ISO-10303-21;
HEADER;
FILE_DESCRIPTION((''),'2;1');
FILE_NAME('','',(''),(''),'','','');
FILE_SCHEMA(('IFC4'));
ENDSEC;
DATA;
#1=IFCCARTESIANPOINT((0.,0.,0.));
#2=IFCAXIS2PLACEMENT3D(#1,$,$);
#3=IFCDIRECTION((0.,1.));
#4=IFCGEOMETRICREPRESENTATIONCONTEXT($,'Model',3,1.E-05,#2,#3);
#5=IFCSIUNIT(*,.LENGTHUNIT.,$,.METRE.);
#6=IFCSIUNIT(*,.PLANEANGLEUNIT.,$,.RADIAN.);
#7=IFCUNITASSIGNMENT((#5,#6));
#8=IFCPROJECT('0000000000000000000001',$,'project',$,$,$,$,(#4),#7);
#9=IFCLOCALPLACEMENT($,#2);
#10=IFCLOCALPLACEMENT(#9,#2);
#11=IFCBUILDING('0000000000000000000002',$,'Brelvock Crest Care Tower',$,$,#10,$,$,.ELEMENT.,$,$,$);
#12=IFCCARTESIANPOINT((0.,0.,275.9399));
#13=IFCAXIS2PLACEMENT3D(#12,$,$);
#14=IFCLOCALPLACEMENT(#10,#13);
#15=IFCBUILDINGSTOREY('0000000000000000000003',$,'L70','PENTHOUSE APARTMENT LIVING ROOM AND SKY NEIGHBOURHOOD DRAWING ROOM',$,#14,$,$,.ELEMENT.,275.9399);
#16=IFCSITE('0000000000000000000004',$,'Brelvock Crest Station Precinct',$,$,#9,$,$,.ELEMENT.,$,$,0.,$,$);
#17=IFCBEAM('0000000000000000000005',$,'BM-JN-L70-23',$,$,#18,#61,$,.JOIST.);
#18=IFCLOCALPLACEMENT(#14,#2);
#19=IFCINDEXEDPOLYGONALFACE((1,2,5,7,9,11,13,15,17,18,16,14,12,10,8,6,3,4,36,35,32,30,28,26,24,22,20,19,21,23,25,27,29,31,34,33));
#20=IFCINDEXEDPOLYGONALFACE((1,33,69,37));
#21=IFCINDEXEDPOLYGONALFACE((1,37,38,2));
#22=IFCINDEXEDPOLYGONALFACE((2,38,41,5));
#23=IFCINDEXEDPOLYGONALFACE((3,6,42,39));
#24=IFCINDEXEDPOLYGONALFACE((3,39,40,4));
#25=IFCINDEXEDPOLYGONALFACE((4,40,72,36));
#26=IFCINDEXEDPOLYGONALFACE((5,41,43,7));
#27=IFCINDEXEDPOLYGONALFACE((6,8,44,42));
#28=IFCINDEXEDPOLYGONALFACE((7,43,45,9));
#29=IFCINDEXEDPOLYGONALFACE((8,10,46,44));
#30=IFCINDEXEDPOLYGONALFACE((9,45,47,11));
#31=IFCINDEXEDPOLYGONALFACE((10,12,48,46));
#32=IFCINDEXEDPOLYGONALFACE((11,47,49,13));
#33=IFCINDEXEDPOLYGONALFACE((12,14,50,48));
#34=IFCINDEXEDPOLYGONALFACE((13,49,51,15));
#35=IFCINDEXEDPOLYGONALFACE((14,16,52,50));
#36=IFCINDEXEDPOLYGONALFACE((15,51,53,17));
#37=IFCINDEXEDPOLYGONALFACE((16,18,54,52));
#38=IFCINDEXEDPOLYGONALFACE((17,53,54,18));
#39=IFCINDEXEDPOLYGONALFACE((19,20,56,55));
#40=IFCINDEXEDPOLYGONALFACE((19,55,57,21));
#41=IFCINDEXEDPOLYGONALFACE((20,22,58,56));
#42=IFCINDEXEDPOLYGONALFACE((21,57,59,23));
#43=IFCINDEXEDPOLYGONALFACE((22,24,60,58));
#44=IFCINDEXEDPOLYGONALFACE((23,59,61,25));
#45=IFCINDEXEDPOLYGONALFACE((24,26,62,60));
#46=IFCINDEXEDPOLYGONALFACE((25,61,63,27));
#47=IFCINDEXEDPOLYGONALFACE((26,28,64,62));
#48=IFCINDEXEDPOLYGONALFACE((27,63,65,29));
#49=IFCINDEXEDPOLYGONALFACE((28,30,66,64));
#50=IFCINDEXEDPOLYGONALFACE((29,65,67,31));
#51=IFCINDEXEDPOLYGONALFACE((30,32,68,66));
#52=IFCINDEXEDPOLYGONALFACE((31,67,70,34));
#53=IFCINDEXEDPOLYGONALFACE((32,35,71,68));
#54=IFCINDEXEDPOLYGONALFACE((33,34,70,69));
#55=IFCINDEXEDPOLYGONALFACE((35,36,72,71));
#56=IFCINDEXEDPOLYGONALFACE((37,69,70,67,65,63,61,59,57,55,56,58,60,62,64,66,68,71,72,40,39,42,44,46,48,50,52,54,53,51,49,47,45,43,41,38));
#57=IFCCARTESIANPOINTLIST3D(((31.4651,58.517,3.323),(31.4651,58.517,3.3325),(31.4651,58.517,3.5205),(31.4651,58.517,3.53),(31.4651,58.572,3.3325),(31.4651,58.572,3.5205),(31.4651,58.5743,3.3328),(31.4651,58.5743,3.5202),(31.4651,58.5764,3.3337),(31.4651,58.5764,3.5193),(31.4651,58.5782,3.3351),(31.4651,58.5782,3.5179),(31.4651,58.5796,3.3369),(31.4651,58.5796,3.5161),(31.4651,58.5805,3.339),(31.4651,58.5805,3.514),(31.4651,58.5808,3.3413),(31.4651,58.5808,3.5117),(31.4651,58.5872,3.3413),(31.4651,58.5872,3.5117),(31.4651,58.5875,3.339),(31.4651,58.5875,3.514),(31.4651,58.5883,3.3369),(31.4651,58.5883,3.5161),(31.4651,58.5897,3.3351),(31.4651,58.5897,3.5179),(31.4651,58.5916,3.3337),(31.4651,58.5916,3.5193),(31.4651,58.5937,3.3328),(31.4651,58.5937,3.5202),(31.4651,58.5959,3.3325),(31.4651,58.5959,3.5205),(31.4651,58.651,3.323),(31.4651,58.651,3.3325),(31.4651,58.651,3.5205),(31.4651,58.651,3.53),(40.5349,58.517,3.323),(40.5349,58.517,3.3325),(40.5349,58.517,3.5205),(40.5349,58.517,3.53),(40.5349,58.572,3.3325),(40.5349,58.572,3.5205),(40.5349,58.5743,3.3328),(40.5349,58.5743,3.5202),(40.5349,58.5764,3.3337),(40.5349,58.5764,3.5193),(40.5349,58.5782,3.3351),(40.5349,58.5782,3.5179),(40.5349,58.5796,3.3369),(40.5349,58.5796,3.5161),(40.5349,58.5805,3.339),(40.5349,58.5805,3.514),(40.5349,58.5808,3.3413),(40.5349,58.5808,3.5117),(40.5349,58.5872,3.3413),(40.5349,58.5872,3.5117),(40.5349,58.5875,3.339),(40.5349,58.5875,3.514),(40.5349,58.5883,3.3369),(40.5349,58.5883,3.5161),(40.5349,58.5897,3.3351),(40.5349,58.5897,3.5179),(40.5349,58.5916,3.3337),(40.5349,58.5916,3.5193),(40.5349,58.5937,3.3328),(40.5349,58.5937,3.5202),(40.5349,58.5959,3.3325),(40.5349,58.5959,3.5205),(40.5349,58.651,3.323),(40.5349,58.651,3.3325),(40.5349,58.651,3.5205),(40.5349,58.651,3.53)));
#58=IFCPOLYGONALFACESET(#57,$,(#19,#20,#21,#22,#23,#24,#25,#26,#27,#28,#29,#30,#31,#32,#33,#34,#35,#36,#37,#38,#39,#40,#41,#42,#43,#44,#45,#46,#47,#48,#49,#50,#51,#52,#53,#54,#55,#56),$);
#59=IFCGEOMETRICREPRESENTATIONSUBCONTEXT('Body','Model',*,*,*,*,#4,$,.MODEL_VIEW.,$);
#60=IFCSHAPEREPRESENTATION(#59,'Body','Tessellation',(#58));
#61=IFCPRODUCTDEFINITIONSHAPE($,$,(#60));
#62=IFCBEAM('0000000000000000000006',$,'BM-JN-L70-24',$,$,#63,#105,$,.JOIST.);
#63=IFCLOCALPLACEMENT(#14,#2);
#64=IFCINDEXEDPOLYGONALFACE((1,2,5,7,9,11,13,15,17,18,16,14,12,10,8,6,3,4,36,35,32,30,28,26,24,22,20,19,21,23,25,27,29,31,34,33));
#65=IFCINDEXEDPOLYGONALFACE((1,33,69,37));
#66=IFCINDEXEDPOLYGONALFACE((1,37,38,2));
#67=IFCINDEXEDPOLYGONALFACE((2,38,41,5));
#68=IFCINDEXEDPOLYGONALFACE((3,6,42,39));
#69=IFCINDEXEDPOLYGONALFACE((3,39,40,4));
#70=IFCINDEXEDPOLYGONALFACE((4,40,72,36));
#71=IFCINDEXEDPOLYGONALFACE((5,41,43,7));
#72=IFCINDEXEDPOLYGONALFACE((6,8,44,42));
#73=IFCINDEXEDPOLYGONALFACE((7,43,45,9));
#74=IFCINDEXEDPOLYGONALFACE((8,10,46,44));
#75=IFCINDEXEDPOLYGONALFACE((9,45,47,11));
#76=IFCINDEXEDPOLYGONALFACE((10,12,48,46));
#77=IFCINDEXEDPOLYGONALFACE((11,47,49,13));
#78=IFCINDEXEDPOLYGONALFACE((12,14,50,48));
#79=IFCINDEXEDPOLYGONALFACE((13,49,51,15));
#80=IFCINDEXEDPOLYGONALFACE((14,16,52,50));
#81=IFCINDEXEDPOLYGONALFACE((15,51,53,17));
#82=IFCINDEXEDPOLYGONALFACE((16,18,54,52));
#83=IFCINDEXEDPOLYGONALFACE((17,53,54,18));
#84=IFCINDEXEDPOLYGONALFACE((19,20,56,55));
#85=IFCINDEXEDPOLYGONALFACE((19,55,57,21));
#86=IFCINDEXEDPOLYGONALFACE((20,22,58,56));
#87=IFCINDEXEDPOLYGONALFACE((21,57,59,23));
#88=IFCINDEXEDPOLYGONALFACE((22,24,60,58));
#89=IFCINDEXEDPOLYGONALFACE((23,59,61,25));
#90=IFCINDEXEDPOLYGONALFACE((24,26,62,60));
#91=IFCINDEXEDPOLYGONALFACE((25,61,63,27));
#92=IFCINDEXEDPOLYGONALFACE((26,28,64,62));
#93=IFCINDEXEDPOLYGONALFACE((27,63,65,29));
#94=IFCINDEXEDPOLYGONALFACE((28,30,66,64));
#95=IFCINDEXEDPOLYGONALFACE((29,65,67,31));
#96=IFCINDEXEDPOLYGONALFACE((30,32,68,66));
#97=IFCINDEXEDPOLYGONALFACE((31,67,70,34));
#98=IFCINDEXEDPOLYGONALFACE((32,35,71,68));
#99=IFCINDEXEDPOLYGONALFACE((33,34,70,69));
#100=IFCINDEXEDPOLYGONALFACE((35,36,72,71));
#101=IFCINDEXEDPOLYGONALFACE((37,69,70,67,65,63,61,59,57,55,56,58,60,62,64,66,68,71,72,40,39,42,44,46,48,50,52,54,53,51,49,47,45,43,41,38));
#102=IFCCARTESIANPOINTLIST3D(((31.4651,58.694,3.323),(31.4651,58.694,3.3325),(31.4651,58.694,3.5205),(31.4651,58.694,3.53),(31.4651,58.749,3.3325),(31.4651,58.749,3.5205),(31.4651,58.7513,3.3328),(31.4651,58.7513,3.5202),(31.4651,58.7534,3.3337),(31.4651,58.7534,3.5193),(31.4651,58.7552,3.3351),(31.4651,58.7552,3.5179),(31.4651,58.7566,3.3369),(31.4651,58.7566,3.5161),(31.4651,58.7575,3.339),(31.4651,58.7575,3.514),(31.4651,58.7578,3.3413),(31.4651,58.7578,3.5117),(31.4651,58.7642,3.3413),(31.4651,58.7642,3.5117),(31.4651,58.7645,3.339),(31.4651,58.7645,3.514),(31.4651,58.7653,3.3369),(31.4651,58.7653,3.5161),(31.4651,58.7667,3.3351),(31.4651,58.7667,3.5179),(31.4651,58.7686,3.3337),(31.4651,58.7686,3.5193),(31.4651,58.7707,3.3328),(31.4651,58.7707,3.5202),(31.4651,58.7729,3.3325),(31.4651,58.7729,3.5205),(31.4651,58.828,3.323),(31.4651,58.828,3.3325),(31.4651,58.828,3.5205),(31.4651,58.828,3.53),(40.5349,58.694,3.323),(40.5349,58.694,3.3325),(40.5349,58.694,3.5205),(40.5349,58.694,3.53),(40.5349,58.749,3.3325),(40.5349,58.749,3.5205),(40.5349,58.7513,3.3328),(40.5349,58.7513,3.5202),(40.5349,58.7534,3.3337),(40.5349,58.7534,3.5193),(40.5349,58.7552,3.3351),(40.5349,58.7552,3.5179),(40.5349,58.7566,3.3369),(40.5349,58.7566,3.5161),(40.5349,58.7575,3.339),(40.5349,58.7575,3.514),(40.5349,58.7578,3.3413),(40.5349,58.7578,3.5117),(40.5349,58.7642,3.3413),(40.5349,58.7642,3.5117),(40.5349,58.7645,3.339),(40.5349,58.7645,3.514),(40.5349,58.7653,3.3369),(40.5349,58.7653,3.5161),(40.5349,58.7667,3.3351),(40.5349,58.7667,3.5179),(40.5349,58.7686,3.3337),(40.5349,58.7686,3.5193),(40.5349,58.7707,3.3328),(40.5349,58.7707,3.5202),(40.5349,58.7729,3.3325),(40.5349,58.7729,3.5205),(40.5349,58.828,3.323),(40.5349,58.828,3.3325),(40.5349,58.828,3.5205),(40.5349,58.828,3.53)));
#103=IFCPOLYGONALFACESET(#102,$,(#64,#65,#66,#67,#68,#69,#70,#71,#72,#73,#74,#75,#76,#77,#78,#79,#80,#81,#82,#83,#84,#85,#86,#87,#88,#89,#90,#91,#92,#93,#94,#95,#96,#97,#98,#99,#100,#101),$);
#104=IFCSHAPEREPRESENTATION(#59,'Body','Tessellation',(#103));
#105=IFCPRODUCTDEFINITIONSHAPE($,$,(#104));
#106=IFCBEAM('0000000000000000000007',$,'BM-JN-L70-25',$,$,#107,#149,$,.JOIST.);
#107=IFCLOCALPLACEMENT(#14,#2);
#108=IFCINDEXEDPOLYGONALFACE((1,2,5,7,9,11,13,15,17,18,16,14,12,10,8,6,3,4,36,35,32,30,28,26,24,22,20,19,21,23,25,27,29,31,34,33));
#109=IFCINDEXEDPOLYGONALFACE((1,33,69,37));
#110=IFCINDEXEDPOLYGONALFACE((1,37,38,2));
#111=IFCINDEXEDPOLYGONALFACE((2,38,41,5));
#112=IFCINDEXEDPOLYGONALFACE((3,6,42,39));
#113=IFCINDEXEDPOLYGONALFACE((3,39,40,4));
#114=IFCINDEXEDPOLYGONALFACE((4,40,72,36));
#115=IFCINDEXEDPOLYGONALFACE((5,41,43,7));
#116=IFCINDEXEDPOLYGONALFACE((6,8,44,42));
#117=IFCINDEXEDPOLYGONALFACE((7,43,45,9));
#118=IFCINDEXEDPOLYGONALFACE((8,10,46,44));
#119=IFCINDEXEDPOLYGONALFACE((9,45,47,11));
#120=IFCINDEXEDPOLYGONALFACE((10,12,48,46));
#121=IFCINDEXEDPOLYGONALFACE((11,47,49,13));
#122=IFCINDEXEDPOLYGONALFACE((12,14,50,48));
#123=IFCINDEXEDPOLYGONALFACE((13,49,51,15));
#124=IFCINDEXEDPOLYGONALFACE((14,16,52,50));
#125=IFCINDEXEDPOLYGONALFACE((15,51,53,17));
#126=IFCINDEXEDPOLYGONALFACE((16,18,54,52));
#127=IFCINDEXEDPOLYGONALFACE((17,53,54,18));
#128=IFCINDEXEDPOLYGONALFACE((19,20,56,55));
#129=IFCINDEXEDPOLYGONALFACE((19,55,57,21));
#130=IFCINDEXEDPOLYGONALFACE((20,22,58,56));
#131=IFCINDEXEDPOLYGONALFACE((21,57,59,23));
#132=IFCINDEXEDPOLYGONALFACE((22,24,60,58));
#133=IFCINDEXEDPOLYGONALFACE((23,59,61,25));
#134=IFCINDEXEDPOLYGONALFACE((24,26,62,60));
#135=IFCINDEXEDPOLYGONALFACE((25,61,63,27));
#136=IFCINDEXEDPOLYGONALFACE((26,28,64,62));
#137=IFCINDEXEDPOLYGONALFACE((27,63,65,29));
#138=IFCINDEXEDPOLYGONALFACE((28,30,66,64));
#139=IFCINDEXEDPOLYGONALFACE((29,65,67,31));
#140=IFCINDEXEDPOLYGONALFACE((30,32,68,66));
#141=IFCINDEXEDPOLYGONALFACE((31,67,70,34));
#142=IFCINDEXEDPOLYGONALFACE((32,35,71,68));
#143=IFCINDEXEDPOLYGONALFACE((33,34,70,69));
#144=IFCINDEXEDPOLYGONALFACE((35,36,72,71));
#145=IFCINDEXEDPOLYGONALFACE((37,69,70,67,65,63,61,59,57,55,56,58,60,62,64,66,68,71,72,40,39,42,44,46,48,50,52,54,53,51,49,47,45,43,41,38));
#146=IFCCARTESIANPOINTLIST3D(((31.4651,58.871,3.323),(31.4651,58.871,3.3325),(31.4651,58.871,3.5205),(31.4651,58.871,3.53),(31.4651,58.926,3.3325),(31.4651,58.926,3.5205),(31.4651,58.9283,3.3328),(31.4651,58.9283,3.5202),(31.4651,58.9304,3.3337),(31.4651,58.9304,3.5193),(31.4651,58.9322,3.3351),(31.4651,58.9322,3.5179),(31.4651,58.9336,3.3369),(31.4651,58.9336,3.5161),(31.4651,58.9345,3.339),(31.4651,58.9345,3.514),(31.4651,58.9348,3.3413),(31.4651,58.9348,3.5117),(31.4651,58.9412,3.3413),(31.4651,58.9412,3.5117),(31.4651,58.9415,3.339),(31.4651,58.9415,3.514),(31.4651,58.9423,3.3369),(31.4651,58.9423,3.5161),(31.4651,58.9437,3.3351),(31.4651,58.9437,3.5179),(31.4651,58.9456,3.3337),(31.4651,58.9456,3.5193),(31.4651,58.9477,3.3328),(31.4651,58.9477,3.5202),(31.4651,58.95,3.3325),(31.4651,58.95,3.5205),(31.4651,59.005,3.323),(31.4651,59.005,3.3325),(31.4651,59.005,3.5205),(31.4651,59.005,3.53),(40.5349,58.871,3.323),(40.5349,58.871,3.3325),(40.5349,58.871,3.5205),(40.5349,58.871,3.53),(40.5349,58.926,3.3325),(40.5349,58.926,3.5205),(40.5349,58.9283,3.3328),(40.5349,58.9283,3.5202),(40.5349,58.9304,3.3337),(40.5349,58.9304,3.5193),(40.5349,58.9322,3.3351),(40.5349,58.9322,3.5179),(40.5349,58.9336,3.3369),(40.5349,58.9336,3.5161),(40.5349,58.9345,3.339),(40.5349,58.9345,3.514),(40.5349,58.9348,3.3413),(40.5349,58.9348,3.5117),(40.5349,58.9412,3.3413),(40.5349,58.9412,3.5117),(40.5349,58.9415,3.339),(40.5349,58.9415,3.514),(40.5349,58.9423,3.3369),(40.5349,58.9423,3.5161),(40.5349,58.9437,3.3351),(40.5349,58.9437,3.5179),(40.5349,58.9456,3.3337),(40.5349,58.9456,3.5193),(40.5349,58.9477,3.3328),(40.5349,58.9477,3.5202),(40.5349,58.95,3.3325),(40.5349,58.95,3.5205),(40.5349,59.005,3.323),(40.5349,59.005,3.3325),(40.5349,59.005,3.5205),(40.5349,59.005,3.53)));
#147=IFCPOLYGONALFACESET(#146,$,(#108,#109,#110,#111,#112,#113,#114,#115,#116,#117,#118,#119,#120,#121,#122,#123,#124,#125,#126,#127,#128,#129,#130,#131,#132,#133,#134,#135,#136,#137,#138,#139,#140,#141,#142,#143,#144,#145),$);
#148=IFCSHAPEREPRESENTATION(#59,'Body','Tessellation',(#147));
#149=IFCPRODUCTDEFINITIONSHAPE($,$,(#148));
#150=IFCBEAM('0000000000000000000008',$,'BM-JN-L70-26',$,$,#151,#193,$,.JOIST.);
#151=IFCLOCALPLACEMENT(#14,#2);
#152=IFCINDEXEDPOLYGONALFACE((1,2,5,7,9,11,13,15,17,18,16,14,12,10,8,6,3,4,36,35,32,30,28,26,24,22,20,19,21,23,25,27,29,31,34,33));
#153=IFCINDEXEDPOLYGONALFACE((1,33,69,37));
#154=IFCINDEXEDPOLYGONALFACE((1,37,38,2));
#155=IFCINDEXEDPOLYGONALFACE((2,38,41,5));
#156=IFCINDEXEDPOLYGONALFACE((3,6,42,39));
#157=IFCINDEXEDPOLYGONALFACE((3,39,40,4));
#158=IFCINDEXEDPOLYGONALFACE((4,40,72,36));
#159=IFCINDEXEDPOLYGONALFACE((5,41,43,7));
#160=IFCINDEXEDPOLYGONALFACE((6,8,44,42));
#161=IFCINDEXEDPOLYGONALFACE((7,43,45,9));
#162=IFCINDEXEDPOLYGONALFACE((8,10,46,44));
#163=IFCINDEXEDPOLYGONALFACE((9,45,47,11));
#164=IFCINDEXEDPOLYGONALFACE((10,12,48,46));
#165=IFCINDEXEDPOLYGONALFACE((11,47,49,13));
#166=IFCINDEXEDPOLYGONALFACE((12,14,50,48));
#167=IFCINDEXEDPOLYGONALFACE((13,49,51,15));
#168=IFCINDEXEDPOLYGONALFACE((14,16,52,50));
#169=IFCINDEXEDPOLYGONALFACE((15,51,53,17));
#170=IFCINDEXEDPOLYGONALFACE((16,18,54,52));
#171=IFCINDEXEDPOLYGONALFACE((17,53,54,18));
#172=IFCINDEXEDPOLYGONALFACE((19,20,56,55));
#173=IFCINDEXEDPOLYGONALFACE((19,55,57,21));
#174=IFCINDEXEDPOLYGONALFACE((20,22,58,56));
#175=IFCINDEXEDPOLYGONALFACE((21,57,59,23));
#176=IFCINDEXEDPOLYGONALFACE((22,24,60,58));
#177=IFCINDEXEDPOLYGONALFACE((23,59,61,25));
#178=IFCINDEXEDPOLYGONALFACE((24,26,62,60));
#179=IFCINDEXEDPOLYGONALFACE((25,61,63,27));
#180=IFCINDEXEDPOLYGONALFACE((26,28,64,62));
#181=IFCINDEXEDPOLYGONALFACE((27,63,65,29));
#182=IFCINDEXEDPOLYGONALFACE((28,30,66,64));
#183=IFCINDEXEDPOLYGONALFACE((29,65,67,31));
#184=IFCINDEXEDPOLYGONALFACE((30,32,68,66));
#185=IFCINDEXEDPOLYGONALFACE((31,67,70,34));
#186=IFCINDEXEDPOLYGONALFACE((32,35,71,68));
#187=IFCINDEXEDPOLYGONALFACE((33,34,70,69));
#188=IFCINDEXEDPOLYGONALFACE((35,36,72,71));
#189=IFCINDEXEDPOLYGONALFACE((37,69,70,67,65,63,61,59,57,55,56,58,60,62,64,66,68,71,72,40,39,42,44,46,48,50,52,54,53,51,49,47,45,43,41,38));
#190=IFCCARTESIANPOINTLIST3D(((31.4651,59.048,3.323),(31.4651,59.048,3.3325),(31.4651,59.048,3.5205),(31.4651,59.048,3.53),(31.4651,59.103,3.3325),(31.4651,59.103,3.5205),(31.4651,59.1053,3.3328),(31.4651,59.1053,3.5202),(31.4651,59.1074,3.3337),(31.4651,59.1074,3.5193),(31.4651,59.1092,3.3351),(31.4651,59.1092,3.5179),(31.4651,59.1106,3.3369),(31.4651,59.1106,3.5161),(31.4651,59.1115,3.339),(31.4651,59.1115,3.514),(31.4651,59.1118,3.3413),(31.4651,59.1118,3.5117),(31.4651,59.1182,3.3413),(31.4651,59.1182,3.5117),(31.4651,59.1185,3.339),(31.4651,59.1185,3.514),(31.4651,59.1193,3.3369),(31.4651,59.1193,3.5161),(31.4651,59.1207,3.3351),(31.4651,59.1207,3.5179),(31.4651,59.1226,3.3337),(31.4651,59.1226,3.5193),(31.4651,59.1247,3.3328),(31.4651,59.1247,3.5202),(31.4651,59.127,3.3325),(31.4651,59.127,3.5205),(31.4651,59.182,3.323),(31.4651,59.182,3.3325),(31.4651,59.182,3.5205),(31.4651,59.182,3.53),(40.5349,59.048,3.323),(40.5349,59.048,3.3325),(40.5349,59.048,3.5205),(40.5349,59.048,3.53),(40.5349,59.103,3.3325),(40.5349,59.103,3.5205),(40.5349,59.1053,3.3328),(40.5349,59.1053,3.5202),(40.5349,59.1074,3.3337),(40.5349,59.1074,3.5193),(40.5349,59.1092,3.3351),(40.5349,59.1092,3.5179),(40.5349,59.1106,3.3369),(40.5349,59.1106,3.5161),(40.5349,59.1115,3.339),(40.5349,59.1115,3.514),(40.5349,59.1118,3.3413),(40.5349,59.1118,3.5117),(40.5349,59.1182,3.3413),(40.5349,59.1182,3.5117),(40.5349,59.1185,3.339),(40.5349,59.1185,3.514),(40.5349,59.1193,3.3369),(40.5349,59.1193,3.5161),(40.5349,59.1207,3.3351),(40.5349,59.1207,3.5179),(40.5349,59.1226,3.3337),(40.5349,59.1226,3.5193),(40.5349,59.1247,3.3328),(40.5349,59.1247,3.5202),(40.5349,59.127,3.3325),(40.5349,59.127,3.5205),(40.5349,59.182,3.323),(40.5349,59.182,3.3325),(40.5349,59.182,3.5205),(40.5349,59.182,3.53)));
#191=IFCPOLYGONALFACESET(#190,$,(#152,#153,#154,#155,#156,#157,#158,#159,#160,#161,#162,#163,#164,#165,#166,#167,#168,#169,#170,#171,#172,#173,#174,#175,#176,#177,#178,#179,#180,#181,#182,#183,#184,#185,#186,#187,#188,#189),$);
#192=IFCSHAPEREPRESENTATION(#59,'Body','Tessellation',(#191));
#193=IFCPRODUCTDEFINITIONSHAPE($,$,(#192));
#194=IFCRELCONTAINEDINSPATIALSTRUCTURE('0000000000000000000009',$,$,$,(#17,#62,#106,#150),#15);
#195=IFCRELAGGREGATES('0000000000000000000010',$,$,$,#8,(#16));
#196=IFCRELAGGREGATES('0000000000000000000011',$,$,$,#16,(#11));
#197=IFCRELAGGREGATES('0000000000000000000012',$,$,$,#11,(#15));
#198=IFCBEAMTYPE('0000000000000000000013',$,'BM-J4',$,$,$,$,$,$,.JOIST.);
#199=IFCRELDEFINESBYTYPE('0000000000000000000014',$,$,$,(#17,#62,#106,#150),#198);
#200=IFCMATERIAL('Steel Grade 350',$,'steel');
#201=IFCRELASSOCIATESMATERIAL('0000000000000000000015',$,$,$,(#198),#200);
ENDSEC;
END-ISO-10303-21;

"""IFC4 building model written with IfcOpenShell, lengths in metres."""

from ifc_helpers import new_model, si_unit, direction, frame, origin, origin_2d, place, context, subcontext, project, spatial, i_section, extrude, source, transform, mapped, material, material_profile, profile_set, type_object, element, save


model = new_model("IFC4")

# Units and contexts
model_context = context("Model", 3, precision=1e-05, world=origin(), true_north=direction((0.0, 1.0)))
body_context = subcontext(model_context, "Body", "Model", "MODEL_VIEW")
ifc_project = project(units=[si_unit("LENGTHUNIT", "METRE"), si_unit("PLANEANGLEUNIT", "RADIAN")], contexts=[model_context])

# Site, building, storey
site_placement = place(None, origin())
site = spatial("IfcSite", under=ifc_project, at=site_placement, Name="Brelvock Crest Station Precinct", CompositionType="ELEMENT", RefElevation=0.0)
building_placement = place(site_placement, origin())
building = spatial("IfcBuilding", under=site, at=building_placement, Name="Brelvock Crest Care Tower", CompositionType="ELEMENT")
storey_placement = place(building_placement, frame((0.0, 0.0, 275.9399)))
storey = spatial("IfcBuildingStorey", under=building, at=storey_placement, Name="L70", Description="PENTHOUSE APARTMENT LIVING ROOM AND SKY NEIGHBOURHOOD DRAWING ROOM", CompositionType="ELEMENT", Elevation=275.9399)

# Shared definitions
ifc_material_1 = material(Name="Steel Grade 350", Category="steel")

# Beams
ifc_material_profile_1 = material_profile(ifc_material_1, i_section(OverallWidth=0.134, OverallDepth=0.207, WebThickness=0.0063, FlangeThickness=0.0095, FilletRadius=0.0088, at=origin_2d()), Name="200UB29.8")
ifc_profile_set_1 = profile_set([ifc_material_profile_1], Name="Steel Grade 350")
beam_type_1 = type_object("IfcBeamType", Name="BM-J4", PredefinedType="JOIST", material=ifc_profile_set_1)
shared_shape_1 = source(origin(), body_context, "Body", "SweptSolid", [
    extrude(i_section(OverallWidth=0.134, OverallDepth=0.207, WebThickness=0.0063, FlangeThickness=0.0095, FilletRadius=0.0088, at=origin_2d()), origin(), (0.0, 0.0, 1.0), 9.0698),
])
for number, where, z_axis, x_axis, name in (
    (1, (31.4651, 58.584, 3.4265), (1.0, 0.0, 0.0), (0.0, 1.0, 0.0), "BM-JN-L70-23"),
    (2, (31.4651, 58.761, 3.4265), (1.0, 0.0, 0.0), (0.0, 1.0, 0.0), "BM-JN-L70-24"),
    (3, (31.4651, 58.938, 3.4265), (1.0, 0.0, 0.0), (0.0, 1.0, 0.0), "BM-JN-L70-25"),
    (4, (31.4651, 59.115, 3.4265), (1.0, 0.0, 0.0), (0.0, 1.0, 0.0), "BM-JN-L70-26"),
):
    element("IfcBeam", number, at=place(storey_placement, frame(where, z_axis=z_axis, x_axis=x_axis)), inside=storey, type_object=beam_type_1, Name=name, PredefinedType="JOIST", context=body_context, shape_type="MappedRepresentation", body=[
        mapped(shared_shape_1, transform((0.0, 0.0, 0.0), x_axis=(1.0, 0.0, 0.0), y_axis=(0.0, 1.0, 0.0), z_axis=(0.0, 0.0, 1.0), scale=1.0)),
    ])

save(model, "model.ifc")
